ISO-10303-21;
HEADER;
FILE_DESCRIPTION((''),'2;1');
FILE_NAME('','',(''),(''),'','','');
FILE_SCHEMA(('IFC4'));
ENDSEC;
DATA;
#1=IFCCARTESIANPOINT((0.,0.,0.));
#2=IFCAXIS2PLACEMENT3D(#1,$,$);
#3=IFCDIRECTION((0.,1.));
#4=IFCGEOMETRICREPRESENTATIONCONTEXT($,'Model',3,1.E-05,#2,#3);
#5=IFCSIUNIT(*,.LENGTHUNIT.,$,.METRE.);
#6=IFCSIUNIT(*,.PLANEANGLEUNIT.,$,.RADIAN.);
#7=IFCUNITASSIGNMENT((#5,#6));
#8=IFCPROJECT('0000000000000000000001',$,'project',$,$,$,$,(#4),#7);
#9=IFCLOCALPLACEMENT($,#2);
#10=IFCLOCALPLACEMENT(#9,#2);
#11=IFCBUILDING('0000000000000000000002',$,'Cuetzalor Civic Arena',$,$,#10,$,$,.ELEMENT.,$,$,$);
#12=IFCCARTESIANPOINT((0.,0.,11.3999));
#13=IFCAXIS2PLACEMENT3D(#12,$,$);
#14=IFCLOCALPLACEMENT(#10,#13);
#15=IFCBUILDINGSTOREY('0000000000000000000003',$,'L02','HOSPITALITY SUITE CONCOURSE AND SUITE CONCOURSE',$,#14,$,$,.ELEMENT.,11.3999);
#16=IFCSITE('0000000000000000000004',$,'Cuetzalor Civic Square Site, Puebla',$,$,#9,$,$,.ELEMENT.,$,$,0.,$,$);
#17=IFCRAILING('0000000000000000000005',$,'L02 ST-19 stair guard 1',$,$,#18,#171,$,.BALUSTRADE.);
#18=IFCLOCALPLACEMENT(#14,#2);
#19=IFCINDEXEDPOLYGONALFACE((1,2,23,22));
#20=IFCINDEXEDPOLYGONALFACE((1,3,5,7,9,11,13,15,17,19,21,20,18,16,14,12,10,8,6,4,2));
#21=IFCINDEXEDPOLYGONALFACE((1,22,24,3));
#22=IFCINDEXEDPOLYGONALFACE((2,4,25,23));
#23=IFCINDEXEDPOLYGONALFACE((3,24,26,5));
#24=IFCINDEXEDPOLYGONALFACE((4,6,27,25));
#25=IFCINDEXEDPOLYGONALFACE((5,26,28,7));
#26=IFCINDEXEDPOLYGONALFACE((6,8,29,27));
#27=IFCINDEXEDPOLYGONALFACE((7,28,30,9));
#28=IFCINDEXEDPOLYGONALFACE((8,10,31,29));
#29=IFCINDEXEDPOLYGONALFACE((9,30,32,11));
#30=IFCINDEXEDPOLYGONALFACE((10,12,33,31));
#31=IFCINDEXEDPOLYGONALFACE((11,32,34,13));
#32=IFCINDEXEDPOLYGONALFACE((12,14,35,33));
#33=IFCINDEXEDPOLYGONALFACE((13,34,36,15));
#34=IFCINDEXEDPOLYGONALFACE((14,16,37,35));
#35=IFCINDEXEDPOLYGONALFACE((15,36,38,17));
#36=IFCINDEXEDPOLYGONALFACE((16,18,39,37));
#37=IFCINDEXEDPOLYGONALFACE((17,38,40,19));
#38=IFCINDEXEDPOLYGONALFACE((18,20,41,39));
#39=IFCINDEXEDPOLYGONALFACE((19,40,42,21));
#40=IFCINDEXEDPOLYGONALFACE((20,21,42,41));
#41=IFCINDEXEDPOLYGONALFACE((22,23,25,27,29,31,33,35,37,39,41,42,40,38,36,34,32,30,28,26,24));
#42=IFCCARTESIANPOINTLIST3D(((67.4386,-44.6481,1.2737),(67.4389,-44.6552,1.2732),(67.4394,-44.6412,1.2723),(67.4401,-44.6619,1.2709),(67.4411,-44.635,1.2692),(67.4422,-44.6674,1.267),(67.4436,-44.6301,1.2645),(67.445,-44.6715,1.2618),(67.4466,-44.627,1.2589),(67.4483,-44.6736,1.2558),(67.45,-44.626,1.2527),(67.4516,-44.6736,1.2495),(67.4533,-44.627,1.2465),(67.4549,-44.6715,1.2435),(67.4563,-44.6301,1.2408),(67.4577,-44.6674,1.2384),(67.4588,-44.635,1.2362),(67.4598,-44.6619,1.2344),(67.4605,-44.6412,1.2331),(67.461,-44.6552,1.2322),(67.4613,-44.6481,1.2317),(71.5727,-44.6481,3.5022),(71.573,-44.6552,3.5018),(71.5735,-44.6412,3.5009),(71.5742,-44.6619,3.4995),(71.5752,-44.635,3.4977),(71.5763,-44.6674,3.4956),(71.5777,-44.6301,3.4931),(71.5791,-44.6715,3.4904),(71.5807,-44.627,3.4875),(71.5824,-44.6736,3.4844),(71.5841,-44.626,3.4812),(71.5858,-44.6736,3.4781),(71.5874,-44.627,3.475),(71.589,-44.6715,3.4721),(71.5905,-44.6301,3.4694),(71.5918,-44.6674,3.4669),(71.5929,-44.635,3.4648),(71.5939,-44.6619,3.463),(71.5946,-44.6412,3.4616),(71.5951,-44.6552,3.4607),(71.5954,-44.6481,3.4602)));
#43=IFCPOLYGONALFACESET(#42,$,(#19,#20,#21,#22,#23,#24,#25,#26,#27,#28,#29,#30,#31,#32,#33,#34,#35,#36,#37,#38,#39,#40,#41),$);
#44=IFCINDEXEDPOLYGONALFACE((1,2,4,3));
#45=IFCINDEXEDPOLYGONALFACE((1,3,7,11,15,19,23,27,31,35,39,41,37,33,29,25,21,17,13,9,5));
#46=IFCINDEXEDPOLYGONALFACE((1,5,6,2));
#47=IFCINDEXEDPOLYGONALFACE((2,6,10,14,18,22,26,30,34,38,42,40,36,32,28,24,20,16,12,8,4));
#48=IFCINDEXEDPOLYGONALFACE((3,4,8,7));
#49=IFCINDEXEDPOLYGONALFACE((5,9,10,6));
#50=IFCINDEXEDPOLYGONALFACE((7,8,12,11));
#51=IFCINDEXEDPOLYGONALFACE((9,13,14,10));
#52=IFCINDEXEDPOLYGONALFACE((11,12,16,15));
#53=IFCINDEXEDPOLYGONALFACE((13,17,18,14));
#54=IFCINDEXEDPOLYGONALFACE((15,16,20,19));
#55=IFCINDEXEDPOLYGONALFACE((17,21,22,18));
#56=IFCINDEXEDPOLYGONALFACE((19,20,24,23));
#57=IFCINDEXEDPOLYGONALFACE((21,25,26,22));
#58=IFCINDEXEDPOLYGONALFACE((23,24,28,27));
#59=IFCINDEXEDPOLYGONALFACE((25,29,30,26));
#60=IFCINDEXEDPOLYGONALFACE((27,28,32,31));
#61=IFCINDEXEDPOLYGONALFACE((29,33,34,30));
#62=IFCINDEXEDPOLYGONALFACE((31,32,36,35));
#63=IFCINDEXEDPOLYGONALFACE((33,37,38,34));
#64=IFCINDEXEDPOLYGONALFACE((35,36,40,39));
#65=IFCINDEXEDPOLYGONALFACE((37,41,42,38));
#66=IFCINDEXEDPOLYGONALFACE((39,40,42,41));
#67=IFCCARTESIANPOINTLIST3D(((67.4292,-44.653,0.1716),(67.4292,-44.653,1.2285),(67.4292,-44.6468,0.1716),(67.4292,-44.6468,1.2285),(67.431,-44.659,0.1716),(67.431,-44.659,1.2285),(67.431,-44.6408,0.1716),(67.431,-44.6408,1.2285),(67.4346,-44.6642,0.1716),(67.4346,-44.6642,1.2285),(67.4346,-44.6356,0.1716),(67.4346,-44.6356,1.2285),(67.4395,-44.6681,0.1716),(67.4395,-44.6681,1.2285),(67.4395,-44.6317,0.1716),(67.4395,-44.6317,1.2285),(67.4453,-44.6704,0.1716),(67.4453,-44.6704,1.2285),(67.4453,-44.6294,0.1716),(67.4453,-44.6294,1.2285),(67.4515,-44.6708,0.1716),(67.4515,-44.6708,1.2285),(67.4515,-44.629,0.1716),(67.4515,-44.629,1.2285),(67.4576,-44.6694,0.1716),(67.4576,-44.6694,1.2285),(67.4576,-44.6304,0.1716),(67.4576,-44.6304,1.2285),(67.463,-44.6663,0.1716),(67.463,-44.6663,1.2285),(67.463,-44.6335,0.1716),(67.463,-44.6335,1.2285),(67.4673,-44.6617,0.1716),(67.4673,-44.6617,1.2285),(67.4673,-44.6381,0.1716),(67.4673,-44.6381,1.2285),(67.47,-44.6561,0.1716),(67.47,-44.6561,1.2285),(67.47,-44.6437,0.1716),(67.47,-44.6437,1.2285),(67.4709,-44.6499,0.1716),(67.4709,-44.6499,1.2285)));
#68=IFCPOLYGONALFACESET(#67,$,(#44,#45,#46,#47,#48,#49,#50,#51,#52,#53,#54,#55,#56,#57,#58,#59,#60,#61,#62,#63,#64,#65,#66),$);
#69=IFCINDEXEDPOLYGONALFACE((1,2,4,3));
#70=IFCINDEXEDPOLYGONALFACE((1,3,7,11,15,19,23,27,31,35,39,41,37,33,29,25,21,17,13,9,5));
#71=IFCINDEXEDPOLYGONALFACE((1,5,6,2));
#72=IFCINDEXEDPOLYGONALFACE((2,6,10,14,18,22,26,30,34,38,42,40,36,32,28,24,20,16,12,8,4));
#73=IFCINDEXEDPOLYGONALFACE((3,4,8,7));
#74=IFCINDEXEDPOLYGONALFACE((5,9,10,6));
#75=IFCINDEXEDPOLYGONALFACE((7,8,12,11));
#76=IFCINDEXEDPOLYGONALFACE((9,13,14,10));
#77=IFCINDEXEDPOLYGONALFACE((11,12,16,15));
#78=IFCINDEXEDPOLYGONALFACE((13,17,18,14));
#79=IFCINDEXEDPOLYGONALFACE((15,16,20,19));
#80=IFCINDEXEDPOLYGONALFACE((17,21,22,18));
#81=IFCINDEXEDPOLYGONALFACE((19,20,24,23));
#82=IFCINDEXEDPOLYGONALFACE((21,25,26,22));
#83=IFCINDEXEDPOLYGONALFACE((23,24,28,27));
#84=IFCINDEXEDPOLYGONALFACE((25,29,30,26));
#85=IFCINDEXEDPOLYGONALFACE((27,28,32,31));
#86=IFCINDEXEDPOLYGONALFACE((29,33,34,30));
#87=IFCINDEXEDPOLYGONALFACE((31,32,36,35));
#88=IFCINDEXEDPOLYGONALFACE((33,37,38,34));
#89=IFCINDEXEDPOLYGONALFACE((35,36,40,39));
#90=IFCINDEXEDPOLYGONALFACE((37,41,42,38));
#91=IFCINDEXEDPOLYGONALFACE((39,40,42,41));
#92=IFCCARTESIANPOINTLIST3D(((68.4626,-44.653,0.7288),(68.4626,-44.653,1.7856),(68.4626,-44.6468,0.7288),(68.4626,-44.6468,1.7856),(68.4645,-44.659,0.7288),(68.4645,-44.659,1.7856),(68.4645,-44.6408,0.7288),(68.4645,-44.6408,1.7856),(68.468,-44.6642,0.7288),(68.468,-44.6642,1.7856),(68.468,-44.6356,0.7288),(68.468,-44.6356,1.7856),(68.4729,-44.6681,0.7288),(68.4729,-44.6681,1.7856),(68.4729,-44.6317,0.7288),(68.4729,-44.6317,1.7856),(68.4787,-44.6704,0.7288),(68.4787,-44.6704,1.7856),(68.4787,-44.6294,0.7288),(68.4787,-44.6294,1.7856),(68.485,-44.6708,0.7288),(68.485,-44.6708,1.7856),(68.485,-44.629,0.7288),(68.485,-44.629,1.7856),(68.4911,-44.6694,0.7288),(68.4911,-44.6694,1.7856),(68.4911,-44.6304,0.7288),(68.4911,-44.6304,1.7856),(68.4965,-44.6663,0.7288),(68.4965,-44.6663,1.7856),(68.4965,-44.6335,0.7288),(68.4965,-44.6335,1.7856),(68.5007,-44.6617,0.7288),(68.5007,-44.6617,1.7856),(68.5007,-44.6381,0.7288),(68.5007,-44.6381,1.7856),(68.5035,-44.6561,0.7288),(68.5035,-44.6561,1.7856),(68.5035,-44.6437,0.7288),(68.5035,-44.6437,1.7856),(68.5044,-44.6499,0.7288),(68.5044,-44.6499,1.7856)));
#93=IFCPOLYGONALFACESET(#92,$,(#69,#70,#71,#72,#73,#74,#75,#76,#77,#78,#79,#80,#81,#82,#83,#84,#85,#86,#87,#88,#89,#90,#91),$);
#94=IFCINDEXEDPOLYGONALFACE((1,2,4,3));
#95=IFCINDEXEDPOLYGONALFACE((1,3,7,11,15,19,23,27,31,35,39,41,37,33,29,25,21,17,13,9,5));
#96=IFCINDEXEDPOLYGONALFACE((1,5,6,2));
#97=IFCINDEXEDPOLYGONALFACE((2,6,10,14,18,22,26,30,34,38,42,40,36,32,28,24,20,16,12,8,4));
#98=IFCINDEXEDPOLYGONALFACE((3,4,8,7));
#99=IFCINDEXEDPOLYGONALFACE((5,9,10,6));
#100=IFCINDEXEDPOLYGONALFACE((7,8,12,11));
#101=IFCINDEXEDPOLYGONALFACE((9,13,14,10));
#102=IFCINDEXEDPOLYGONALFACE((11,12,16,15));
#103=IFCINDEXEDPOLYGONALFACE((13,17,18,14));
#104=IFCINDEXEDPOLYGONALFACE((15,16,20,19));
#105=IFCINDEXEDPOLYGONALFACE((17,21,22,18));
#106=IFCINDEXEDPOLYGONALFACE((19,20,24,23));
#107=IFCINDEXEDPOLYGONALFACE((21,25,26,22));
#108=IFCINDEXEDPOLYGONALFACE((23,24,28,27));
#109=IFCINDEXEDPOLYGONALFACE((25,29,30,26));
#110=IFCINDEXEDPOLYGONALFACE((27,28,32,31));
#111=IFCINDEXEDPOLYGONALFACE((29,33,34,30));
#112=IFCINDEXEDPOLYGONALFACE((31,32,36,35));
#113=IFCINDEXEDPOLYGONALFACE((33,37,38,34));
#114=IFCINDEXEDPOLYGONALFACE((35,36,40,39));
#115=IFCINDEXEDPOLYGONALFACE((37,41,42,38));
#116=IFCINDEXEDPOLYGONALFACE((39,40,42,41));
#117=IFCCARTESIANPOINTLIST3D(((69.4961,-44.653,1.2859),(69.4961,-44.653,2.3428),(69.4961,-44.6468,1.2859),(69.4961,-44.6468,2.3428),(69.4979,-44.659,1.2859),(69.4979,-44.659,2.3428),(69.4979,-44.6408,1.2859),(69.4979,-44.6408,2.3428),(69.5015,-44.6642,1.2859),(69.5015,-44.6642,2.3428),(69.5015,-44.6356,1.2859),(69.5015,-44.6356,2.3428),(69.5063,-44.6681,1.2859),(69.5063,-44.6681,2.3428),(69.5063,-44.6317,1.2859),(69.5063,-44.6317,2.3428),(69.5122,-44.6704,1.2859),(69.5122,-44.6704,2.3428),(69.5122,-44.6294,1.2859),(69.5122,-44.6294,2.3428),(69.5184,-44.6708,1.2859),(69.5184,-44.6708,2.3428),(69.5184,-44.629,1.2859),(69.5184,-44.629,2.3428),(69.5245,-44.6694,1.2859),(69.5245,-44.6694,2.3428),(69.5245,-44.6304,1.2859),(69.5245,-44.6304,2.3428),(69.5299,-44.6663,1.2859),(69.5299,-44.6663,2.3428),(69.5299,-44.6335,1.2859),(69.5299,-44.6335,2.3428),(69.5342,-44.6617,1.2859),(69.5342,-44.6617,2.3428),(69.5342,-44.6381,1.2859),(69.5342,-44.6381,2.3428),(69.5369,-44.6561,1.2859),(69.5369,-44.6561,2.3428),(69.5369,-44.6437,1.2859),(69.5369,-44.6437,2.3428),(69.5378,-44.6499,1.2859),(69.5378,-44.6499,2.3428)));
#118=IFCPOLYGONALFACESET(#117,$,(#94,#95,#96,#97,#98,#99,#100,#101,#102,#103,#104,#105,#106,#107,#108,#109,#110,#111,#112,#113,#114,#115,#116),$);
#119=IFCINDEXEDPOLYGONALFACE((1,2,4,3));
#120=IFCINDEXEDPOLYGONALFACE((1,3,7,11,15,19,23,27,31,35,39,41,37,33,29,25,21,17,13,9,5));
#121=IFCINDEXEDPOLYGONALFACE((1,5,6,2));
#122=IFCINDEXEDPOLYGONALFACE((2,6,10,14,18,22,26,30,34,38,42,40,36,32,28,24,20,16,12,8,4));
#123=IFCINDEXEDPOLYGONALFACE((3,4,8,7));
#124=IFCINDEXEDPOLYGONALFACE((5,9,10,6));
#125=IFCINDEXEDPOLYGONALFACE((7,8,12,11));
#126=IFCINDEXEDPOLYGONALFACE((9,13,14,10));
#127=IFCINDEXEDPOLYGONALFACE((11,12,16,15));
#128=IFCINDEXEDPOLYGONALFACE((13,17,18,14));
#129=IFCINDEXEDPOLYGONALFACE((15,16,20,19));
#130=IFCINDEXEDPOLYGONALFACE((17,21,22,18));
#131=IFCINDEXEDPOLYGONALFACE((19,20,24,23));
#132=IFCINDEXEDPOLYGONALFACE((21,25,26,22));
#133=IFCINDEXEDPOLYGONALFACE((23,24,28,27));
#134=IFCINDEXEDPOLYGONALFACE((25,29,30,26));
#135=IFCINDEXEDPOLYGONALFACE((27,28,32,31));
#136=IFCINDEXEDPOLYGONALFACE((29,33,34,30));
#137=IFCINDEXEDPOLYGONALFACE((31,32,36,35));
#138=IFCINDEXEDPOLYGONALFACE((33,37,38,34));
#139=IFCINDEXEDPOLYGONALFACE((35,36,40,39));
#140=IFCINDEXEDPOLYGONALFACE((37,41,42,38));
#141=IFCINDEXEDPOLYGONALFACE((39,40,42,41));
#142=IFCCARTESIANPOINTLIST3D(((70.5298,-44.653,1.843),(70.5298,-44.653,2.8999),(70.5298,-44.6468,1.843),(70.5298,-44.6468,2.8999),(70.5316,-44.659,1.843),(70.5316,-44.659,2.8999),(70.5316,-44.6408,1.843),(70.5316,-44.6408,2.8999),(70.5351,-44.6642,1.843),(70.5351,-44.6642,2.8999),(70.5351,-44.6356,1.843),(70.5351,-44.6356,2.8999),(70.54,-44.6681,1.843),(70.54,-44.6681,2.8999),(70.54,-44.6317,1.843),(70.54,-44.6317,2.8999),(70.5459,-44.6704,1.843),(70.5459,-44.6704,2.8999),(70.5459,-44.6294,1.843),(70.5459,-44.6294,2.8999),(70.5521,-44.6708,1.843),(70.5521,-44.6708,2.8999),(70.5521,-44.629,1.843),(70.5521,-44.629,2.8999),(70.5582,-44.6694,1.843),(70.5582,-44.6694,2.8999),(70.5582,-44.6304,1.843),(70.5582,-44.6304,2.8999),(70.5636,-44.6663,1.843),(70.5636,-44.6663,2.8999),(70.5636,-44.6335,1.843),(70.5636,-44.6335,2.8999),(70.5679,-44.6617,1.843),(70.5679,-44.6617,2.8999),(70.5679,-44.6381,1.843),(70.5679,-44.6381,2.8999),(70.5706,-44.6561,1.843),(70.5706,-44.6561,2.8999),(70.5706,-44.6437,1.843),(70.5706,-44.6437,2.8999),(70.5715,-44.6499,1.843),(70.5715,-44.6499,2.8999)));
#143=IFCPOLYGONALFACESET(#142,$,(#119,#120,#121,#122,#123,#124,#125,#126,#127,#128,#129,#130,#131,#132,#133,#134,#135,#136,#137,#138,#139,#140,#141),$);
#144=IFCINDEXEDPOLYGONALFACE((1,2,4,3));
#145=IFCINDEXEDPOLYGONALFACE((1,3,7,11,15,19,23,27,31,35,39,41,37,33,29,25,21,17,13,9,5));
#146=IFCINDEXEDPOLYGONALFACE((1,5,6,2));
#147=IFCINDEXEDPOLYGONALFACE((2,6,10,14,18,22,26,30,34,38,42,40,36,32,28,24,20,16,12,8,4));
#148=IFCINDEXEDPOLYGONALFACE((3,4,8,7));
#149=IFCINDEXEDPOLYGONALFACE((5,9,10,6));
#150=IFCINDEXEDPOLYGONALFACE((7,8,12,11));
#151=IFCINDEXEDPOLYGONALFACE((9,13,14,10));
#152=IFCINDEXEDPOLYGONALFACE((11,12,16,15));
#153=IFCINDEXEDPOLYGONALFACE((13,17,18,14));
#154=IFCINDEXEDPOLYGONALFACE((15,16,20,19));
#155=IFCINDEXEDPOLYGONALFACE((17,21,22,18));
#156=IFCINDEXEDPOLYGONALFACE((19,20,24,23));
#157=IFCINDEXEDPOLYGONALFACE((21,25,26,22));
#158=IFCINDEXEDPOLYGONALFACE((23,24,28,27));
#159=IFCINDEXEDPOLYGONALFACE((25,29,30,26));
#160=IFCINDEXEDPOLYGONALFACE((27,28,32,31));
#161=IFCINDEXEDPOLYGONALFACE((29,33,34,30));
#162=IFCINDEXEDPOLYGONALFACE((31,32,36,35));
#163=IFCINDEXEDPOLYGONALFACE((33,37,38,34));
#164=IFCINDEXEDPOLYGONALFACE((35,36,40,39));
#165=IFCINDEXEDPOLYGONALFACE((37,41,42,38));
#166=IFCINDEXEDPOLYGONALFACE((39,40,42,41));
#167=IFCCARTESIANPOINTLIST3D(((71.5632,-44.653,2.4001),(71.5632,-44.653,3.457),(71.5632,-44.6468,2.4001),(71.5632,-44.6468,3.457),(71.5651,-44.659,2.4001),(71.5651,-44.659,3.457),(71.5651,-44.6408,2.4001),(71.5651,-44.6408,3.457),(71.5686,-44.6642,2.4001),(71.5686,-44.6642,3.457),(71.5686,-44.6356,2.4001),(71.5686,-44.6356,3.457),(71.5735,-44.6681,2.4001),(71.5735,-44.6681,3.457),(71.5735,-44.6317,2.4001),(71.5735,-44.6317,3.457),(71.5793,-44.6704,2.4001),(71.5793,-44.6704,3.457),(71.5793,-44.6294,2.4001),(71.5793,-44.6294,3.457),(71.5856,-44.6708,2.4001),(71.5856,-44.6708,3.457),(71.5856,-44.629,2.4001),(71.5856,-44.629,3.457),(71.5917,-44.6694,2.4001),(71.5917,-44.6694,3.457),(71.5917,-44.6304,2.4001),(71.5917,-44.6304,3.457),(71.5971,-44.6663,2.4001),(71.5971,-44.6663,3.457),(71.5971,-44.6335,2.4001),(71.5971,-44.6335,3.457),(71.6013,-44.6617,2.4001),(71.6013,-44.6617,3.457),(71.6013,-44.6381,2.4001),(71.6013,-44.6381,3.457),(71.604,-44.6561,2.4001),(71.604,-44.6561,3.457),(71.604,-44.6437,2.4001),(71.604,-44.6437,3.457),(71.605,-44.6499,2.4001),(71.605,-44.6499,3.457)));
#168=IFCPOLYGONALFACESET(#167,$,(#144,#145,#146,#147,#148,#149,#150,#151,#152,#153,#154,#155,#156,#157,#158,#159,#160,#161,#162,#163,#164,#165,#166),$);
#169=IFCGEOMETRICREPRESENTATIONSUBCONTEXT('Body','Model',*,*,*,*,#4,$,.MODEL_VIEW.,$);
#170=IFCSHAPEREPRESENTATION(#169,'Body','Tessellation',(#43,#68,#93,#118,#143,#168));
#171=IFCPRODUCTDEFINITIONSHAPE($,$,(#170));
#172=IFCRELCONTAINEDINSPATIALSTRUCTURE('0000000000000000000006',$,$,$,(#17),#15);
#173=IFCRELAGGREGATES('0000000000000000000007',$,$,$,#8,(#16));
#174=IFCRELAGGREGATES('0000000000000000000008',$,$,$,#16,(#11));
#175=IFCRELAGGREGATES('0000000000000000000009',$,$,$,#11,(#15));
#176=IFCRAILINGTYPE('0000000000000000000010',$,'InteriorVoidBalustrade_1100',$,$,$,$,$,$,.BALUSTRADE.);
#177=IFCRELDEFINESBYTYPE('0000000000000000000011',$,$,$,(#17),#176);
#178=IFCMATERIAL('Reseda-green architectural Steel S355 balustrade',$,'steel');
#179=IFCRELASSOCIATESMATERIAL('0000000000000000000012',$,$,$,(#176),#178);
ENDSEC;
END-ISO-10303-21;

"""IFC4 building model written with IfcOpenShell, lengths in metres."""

from ifc_helpers import new_model, si_unit, direction, frame, origin, origin_2d, place, context, subcontext, project, spatial, circle, extrude, material, type_object, element, save


model = new_model("IFC4")

# Units and contexts
model_context = context("Model", 3, precision=1e-05, world=origin(), true_north=direction((0.0, 1.0)))
body_context = subcontext(model_context, "Body", "Model", "MODEL_VIEW")
ifc_project = project(units=[si_unit("LENGTHUNIT", "METRE"), si_unit("PLANEANGLEUNIT", "RADIAN")], contexts=[model_context])

# Site, building, storey
site_placement = place(None, origin())
site = spatial("IfcSite", under=ifc_project, at=site_placement, Name="Cuetzalor Civic Square Site, Puebla", CompositionType="ELEMENT", RefElevation=0.0)
building_placement = place(site_placement, origin())
building = spatial("IfcBuilding", under=site, at=building_placement, Name="Cuetzalor Civic Arena", CompositionType="ELEMENT")
storey_placement = place(building_placement, frame((0.0, 0.0, 11.3999)))
storey = spatial("IfcBuildingStorey", under=building, at=storey_placement, Name="L02", Description="HOSPITALITY SUITE CONCOURSE AND SUITE CONCOURSE", CompositionType="ELEMENT", Elevation=11.3999)

# Railing
ifc_material_1 = material(Name="Reseda-green architectural Steel S355 balustrade", Category="steel")
railing_type_1 = type_object("IfcRailingType", Name="InteriorVoidBalustrade_1100", PredefinedType="BALUSTRADE", material=ifc_material_1)
railing_1_placement = place(storey_placement, frame((67.45, -44.6499, 0.1716)))
element("IfcRailing", 1, at=railing_1_placement, inside=storey, type_object=railing_type_1, Name="L02 ST-19 stair guard 1", PredefinedType="BALUSTRADE", context=body_context, shape_type="SweptSolid", body=[
    extrude(circle(Radius=0.0239, at=origin_2d()), frame((0.0, 0.0, 1.0811), z_axis=(0.880249, 0.0, 0.474512), x_axis=(0.0, 1.0, 0.0)), (0.0, 0.0, 1.0), 4.6965),
    extrude(circle(Radius=0.021, at=origin_2d()), origin(), (0.0, 0.0, 1.0), 1.0569),
    extrude(circle(Radius=0.021, at=origin_2d()), frame((1.0334, 0.0, 0.5571)), (0.0, 0.0, 1.0), 1.0569),
    extrude(circle(Radius=0.021, at=origin_2d()), frame((2.0669, 0.0, 1.1143)), (0.0, 0.0, 1.0), 1.0569),
    extrude(circle(Radius=0.021, at=origin_2d()), frame((3.1006, 0.0, 1.6714)), (0.0, 0.0, 1.0), 1.0569),
    extrude(circle(Radius=0.021, at=origin_2d()), frame((4.134, 0.0, 2.2285)), (0.0, 0.0, 1.0), 1.0569),
])

save(model, "model.ifc")
